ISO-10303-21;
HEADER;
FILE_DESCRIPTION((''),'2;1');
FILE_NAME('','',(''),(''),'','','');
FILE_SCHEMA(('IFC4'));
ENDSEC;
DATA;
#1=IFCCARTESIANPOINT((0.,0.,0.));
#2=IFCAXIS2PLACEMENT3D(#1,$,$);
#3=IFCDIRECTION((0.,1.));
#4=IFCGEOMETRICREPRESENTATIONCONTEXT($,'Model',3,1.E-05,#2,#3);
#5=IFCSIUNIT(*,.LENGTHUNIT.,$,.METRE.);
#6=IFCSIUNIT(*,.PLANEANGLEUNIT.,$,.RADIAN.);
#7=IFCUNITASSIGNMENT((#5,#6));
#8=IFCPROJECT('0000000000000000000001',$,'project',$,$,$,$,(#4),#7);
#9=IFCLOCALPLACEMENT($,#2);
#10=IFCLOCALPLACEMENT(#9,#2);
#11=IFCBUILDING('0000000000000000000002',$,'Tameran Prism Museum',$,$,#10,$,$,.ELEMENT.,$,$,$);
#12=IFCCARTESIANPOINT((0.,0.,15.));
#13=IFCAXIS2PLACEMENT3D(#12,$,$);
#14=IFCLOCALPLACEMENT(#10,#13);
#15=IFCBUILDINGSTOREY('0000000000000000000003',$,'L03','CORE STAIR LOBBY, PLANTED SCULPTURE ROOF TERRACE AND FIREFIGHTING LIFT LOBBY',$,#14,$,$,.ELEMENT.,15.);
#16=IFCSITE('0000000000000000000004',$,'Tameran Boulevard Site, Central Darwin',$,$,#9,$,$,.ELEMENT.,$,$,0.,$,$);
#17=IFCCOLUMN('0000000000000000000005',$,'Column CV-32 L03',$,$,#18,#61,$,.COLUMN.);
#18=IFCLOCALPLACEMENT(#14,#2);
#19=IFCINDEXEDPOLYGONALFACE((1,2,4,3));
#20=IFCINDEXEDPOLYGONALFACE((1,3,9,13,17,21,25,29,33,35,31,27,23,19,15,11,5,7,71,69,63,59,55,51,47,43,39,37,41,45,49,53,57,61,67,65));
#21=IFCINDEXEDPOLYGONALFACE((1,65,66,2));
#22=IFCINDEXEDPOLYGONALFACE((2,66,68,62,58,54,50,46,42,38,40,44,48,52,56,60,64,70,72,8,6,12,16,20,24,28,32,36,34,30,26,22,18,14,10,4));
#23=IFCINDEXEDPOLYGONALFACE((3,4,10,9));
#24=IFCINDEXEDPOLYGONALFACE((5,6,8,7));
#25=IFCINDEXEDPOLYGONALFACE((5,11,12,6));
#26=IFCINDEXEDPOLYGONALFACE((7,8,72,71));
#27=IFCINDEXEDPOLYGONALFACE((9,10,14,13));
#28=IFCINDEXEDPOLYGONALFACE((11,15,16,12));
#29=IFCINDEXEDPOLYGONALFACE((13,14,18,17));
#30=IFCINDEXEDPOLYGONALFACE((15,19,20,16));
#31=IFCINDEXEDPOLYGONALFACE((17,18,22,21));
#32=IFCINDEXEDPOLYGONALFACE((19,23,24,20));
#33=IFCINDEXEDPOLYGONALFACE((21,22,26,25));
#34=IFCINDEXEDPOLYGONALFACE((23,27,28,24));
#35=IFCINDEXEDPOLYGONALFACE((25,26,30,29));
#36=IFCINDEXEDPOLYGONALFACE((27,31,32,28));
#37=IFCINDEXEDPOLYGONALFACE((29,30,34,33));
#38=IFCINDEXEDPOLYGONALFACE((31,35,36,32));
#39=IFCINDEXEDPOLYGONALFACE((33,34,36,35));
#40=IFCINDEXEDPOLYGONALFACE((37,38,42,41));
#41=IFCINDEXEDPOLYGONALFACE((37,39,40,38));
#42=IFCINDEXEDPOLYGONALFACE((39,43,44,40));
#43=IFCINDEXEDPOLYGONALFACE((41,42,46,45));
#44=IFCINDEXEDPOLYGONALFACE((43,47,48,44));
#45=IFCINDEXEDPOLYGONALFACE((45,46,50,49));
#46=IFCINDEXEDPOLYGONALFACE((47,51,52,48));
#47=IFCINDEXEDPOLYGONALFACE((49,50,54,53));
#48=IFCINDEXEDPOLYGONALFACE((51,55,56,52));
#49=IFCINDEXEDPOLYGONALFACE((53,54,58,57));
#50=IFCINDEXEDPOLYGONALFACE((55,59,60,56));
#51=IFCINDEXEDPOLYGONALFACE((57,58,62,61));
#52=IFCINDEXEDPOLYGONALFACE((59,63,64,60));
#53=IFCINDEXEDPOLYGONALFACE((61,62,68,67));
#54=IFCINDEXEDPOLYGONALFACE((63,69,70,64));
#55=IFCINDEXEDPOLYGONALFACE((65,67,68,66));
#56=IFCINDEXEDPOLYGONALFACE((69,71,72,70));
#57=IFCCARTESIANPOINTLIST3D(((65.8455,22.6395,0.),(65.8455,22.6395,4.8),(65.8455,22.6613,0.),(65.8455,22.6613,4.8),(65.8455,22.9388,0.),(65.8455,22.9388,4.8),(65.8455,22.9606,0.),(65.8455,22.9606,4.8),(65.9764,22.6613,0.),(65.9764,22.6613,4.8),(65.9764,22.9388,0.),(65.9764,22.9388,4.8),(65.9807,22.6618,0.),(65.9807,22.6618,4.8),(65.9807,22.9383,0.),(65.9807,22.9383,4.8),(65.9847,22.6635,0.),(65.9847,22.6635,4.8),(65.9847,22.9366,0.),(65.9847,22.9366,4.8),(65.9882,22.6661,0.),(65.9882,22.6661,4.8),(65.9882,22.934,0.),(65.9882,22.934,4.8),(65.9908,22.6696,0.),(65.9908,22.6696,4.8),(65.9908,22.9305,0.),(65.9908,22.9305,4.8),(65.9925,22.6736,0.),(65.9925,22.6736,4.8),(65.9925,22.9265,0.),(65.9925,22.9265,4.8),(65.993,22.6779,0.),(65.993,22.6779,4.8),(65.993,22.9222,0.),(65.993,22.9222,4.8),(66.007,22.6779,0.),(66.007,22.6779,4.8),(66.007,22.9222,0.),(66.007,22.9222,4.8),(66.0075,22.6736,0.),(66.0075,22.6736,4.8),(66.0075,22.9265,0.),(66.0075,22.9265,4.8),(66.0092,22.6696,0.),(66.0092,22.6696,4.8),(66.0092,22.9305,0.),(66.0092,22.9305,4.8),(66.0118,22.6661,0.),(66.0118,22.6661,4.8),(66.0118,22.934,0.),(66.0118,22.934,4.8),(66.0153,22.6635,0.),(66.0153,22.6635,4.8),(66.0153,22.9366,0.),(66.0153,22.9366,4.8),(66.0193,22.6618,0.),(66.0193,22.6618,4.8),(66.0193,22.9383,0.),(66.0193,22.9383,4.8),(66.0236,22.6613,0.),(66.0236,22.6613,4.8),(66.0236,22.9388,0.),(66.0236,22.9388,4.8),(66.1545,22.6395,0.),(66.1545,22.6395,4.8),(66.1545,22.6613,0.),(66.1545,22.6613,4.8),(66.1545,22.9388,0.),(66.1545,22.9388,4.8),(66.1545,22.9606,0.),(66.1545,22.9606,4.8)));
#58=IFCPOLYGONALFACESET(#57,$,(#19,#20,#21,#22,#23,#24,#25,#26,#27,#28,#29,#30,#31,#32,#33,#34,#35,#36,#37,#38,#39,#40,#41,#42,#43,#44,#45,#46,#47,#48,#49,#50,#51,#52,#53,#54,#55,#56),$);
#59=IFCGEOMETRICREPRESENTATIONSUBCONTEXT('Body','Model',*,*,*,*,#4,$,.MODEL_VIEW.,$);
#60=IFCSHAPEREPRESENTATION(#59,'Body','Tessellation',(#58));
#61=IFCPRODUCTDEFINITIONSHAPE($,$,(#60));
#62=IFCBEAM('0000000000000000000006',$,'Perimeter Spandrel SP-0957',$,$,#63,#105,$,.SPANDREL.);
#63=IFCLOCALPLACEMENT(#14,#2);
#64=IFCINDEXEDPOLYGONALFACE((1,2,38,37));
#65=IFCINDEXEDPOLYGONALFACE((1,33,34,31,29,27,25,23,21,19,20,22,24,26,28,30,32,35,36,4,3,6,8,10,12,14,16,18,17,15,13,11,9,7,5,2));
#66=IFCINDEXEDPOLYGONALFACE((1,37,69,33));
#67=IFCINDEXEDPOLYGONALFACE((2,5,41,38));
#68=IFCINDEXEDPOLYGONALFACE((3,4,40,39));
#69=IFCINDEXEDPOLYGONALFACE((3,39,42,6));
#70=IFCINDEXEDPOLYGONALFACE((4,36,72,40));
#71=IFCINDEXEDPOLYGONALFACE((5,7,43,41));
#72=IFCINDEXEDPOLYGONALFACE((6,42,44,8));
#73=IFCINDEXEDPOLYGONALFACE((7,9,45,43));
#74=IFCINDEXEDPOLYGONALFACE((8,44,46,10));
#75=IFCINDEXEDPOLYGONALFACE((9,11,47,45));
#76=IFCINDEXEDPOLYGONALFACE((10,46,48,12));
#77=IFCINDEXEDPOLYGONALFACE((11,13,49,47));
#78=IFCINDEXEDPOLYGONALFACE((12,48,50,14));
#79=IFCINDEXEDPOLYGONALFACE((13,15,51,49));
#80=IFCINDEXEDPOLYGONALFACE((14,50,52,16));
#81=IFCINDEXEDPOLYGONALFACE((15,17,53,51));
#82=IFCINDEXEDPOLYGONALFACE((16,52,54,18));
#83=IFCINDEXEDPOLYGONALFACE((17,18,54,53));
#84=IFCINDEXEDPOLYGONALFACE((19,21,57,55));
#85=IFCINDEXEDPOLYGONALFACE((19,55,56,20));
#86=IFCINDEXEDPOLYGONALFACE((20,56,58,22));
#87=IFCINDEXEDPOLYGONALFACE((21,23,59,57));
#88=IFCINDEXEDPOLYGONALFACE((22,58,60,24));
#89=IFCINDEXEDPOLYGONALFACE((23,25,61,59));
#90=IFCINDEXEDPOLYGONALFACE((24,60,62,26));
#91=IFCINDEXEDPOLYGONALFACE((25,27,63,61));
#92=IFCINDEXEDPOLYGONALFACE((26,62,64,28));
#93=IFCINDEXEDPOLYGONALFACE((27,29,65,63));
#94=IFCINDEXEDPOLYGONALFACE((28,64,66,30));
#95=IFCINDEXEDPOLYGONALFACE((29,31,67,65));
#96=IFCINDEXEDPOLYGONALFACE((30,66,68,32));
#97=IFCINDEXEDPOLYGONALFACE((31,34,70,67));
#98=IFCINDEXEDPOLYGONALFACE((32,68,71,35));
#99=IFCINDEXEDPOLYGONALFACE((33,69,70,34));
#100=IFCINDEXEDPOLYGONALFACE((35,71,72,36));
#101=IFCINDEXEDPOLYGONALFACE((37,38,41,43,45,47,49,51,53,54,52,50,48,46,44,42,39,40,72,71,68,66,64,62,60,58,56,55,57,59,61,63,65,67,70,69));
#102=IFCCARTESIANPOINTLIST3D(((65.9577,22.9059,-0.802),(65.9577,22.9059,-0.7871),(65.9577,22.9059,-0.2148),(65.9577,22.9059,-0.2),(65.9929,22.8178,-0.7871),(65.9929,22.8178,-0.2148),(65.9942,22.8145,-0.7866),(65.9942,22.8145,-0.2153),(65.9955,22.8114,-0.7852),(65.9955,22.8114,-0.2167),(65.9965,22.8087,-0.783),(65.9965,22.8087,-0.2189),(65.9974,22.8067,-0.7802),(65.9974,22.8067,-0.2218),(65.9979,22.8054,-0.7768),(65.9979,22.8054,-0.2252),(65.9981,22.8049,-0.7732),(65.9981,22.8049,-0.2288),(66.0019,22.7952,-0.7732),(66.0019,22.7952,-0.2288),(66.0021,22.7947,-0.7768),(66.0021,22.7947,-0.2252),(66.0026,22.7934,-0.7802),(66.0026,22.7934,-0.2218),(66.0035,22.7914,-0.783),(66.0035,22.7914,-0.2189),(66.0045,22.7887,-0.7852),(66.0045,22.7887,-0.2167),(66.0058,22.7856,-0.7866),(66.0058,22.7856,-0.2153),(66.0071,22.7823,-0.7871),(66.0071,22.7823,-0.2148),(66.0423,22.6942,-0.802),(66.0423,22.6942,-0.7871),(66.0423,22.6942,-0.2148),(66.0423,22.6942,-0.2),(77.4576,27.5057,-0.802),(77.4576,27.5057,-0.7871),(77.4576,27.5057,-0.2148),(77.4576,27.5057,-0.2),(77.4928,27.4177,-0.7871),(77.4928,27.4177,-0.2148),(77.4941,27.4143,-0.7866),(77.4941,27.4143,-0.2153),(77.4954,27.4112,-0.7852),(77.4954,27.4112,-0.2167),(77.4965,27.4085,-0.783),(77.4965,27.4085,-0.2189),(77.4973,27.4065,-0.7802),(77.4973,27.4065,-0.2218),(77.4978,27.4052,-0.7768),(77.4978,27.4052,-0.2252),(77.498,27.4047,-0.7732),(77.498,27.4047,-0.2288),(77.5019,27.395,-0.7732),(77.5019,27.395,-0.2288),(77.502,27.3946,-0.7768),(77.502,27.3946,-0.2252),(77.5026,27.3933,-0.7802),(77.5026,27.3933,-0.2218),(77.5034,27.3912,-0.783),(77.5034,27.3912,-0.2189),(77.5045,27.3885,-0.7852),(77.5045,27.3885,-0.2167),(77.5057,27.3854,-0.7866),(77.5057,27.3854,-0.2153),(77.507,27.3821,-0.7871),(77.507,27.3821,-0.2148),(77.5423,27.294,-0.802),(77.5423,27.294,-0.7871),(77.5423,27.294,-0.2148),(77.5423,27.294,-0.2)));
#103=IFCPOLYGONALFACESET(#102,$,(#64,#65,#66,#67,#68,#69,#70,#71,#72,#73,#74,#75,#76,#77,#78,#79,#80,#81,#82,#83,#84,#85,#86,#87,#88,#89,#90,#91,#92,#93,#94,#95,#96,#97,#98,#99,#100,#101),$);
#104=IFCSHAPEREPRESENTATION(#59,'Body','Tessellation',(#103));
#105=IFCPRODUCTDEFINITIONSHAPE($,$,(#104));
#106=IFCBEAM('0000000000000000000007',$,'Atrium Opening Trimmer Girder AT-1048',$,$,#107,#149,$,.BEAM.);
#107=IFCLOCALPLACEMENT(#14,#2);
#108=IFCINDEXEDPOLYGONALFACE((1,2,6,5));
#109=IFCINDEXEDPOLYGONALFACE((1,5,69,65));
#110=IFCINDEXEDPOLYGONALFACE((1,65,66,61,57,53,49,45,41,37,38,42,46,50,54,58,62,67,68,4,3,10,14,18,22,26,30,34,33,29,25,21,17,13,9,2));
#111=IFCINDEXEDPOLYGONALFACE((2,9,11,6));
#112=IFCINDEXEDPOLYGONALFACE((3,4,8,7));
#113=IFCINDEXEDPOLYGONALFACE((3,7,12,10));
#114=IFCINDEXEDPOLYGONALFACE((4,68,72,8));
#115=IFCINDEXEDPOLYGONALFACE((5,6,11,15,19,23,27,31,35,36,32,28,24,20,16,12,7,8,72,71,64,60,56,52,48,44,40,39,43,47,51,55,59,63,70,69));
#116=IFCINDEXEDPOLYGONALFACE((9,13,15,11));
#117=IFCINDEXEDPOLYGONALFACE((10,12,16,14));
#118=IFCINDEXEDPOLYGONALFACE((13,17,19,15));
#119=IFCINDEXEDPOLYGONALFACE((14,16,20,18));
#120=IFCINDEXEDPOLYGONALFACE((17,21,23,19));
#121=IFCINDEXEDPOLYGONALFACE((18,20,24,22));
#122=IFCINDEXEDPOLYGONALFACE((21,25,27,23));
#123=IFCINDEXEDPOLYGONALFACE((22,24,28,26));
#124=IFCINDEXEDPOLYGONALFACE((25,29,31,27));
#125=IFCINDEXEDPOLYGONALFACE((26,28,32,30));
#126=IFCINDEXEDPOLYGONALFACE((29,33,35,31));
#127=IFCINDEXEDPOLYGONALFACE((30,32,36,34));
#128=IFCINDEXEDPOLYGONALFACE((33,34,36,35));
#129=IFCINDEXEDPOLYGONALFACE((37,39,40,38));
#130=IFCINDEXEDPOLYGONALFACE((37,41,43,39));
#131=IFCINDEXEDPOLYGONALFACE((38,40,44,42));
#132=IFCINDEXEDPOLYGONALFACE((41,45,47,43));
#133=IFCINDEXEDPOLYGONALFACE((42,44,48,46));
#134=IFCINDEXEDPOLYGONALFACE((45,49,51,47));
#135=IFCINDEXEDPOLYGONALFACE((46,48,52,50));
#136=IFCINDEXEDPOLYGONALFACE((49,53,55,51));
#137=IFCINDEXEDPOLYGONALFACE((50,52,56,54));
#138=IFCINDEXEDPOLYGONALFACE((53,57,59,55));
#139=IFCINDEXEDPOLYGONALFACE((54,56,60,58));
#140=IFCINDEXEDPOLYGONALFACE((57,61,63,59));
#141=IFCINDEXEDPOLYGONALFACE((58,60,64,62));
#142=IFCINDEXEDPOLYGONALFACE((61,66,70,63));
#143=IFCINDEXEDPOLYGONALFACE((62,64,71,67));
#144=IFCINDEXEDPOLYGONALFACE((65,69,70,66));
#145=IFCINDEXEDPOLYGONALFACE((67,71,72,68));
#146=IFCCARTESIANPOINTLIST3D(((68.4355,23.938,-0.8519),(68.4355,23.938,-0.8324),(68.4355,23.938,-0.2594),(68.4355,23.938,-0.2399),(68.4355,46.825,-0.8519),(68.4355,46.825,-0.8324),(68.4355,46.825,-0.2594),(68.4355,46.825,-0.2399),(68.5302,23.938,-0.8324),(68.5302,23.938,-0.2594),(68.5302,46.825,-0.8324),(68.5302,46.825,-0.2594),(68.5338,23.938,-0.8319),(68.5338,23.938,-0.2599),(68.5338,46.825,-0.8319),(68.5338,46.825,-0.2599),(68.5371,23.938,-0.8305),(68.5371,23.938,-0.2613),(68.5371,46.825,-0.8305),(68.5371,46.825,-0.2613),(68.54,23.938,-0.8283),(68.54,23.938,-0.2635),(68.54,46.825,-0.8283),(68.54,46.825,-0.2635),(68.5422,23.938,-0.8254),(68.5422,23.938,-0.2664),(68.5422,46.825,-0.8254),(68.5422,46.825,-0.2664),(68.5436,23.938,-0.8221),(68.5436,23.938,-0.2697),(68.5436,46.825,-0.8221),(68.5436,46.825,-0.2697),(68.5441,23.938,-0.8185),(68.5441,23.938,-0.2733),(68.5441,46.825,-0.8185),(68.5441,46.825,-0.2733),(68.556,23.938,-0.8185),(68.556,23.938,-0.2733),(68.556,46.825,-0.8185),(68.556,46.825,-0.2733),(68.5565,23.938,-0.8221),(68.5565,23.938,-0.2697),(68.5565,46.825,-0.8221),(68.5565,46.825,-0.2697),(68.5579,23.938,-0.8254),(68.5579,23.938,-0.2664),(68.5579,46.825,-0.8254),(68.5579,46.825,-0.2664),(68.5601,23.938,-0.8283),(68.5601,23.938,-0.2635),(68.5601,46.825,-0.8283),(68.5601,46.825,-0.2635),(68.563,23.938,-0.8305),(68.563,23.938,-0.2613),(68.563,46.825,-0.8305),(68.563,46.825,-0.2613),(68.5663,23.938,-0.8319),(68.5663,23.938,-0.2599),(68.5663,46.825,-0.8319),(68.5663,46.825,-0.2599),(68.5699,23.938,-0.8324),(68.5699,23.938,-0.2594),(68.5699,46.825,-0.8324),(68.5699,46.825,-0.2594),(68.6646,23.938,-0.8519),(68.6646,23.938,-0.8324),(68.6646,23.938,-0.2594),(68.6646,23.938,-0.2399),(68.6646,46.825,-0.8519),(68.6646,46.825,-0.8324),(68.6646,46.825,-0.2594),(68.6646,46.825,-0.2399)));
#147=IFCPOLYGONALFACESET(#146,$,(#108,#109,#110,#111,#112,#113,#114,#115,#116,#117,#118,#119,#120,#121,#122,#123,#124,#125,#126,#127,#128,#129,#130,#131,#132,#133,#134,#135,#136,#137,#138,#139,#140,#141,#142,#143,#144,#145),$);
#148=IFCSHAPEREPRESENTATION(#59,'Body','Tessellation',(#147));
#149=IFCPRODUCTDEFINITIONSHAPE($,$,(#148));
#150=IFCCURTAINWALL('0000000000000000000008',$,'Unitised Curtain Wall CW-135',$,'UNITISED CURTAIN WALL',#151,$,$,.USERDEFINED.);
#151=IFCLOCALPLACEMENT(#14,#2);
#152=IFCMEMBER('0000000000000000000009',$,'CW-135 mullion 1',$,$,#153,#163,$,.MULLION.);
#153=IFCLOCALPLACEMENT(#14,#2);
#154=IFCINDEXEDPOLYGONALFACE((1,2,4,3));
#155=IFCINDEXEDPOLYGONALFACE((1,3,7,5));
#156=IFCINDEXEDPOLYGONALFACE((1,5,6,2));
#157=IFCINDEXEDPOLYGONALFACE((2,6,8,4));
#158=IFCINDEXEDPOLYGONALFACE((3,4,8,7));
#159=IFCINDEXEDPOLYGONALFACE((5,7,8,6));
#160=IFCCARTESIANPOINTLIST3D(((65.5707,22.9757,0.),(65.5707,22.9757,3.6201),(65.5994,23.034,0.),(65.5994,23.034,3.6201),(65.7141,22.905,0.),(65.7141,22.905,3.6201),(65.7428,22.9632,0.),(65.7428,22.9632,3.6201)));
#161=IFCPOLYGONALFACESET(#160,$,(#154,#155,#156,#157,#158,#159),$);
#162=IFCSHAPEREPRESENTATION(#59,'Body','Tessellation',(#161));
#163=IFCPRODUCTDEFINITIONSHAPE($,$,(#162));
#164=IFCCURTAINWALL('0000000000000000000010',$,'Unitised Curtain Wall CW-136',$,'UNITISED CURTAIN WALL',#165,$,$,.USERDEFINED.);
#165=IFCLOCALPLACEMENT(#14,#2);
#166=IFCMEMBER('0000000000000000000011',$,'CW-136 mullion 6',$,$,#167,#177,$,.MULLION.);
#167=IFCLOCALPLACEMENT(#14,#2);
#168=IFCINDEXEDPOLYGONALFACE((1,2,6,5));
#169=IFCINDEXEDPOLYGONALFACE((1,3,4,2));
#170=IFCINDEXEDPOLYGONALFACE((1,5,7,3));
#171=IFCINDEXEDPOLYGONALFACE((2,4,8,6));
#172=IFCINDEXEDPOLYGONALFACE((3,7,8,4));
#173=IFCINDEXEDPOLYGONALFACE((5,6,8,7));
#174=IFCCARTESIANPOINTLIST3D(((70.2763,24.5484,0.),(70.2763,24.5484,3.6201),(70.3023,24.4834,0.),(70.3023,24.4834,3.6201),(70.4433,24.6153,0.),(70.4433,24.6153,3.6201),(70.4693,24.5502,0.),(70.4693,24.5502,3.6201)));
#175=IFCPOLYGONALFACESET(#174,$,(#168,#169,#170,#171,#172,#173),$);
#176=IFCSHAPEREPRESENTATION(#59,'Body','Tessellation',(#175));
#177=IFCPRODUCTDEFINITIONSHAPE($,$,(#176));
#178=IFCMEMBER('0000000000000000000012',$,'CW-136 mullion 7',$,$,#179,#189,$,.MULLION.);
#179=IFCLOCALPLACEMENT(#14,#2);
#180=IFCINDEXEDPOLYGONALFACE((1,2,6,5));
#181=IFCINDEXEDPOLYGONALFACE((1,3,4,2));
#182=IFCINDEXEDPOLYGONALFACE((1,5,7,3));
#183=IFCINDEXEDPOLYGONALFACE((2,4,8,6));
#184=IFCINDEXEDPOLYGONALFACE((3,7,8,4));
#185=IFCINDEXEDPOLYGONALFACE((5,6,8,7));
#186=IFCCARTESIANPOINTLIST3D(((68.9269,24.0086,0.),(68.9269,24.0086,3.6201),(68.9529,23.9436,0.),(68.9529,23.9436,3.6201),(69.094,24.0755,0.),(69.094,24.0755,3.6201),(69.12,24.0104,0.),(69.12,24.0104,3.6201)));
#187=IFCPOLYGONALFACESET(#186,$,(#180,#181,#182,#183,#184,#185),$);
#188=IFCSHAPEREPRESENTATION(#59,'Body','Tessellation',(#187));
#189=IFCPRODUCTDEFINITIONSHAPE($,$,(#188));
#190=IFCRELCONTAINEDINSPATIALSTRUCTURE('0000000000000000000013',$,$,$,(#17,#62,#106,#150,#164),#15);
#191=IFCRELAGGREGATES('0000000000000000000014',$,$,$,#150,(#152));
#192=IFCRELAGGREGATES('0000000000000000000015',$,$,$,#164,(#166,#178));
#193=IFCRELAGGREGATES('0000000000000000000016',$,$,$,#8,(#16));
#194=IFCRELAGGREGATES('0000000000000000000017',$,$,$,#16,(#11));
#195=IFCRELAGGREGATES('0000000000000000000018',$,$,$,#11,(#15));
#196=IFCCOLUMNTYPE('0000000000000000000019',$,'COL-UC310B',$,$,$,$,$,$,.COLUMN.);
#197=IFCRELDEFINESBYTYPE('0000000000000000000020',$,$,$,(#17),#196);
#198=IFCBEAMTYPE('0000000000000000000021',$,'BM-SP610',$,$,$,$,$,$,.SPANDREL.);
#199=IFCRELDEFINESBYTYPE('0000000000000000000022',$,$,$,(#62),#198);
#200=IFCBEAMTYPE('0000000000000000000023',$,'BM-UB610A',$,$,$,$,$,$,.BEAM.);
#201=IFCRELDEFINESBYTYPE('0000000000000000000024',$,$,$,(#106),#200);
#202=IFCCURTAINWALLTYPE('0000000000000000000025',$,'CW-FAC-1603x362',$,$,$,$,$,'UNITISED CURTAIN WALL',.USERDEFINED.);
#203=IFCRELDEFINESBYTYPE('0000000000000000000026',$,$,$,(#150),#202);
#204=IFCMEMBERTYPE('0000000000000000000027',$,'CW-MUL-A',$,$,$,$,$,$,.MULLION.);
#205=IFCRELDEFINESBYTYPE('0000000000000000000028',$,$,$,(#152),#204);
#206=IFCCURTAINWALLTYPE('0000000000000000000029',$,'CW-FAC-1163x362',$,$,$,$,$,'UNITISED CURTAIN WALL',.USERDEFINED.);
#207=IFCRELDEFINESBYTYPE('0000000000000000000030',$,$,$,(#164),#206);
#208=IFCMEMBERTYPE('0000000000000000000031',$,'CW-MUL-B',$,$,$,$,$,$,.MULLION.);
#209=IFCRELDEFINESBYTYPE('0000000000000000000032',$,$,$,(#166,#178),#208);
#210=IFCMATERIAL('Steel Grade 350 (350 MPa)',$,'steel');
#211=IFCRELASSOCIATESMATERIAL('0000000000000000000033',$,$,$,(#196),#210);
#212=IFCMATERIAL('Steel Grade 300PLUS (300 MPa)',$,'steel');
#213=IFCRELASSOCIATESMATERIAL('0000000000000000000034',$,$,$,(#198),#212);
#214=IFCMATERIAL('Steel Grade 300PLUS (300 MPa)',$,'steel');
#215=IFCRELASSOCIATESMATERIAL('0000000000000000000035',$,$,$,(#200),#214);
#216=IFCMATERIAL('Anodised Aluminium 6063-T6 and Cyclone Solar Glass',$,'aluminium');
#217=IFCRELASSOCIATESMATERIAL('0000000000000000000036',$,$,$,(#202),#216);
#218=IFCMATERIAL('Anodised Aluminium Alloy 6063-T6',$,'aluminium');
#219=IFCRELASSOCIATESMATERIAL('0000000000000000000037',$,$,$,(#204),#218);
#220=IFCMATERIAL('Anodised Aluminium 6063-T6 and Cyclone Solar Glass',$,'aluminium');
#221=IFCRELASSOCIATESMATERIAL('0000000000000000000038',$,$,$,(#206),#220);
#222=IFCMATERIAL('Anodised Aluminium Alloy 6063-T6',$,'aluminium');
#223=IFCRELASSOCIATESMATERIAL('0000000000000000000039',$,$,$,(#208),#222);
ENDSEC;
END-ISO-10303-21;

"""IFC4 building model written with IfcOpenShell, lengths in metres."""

from ifc_helpers import new_model, si_unit, direction, frame, origin, origin_2d, place, context, subcontext, project, spatial, rectangle, i_section, extrude, material, material_profile, profile_set, type_object, element, aggregate, save


model = new_model("IFC4")

# Units and contexts
model_context = context("Model", 3, precision=1e-05, world=origin(), true_north=direction((0.0, 1.0)))
body_context = subcontext(model_context, "Body", "Model", "MODEL_VIEW")
ifc_project = project(units=[si_unit("LENGTHUNIT", "METRE"), si_unit("PLANEANGLEUNIT", "RADIAN")], contexts=[model_context])

# Site, building, storey
site_placement = place(None, origin())
site = spatial("IfcSite", under=ifc_project, at=site_placement, Name="Tameran Boulevard Site, Central Darwin", CompositionType="ELEMENT", RefElevation=0.0)
building_placement = place(site_placement, origin())
building = spatial("IfcBuilding", under=site, at=building_placement, Name="Tameran Prism Museum", CompositionType="ELEMENT")
storey_placement = place(building_placement, frame((0.0, 0.0, 15.0)))
storey = spatial("IfcBuildingStorey", under=building, at=storey_placement, Name="L03", Description="CORE STAIR LOBBY, PLANTED SCULPTURE ROOF TERRACE AND FIREFIGHTING LIFT LOBBY", CompositionType="ELEMENT", Elevation=15.0)

# Column
ifc_material_1 = material(Name="Steel Grade 350 (350 MPa)", Category="steel")
ifc_material_profile_1 = material_profile(ifc_material_1, i_section(OverallWidth=0.3091, OverallDepth=0.321, WebThickness=0.0139, FlangeThickness=0.0217, FilletRadius=0.0166, at=origin_2d()))
ifc_profile_set_1 = profile_set([ifc_material_profile_1])
column_type = type_object("IfcColumnType", Name="COL-UC310B", PredefinedType="COLUMN", material=ifc_profile_set_1)
column_placement = place(storey_placement, frame((66.0, 22.8, 0.0), z_axis=(0.0, 0.0, 1.0), x_axis=(1.0, 0.0, 0.0)))
element("IfcColumn", 1, at=column_placement, inside=storey, type_object=column_type, Name="Column CV-32 L03", PredefinedType="COLUMN", context=body_context, shape_type="SweptSolid", body=[
    extrude(i_section(OverallWidth=0.3091, OverallDepth=0.321, WebThickness=0.0139, FlangeThickness=0.0217, FilletRadius=0.0166, at=origin_2d()), origin(), (0.0, 0.0, 1.0), 4.8),
])

# Beams
ifc_material_2 = material(Name="Steel Grade 300PLUS (300 MPa)", Category="steel")
ifc_material_profile_2 = material_profile(ifc_material_2, i_section(OverallWidth=0.228, OverallDepth=0.6021, WebThickness=0.0105, FlangeThickness=0.0149, FilletRadius=0.0139, at=origin_2d()))
ifc_profile_set_2 = profile_set([ifc_material_profile_2])
beam_type_1 = type_object("IfcBeamType", Name="BM-SP610", PredefinedType="SPANDREL", material=ifc_profile_set_2)
beam_1_placement = place(storey_placement, frame((66.0, 22.8, -0.501), z_axis=(0.928481, 0.37138, 0.0), x_axis=(-0.37138, 0.928481, 0.0)))
element("IfcBeam", 2, at=beam_1_placement, inside=storey, type_object=beam_type_1, Name="Perimeter Spandrel SP-0957", PredefinedType="SPANDREL", context=body_context, shape_type="SweptSolid", body=[
    extrude(i_section(OverallWidth=0.228, OverallDepth=0.6021, WebThickness=0.0105, FlangeThickness=0.0149, FilletRadius=0.0139, at=origin_2d()), origin(), (0.0, 0.0, 1.0), 12.3857),
])
ifc_material_3 = material(Name="Steel Grade 300PLUS (300 MPa)", Category="steel")
ifc_material_profile_3 = material_profile(ifc_material_3, i_section(OverallWidth=0.229, OverallDepth=0.6121, WebThickness=0.012, FlangeThickness=0.0195, FilletRadius=0.0139, at=origin_2d()))
ifc_profile_set_3 = profile_set([ifc_material_profile_3])
beam_type_2 = type_object("IfcBeamType", Name="BM-UB610A", PredefinedType="BEAM", material=ifc_profile_set_3)
beam_2_placement = place(storey_placement, frame((68.55, 23.938, -0.5459), z_axis=(0.0, 1.0, 0.0), x_axis=(-1.0, 0.0, 0.0)))
element("IfcBeam", 3, at=beam_2_placement, inside=storey, type_object=beam_type_2, Name="Atrium Opening Trimmer Girder AT-1048", PredefinedType="BEAM", context=body_context, shape_type="SweptSolid", body=[
    extrude(i_section(OverallWidth=0.229, OverallDepth=0.6121, WebThickness=0.012, FlangeThickness=0.0195, FilletRadius=0.0139, at=origin_2d()), origin(), (0.0, 0.0, 1.0), 22.887),
])

# Curtain wall, member
ifc_material_4 = material(Name="Anodised Aluminium 6063-T6 and Cyclone Solar Glass", Category="aluminium")
curtain_wall_type_1 = type_object("IfcCurtainWallType", Name="CW-FAC-1603x362", ElementType="UNITISED CURTAIN WALL", PredefinedType="USERDEFINED", material=ifc_material_4)
curtain_wall_1_placement = place(storey_placement, origin())
curtain_wall_1 = element("IfcCurtainWall", 4, at=curtain_wall_1_placement, inside=storey, type_object=curtain_wall_type_1, Name="Unitised Curtain Wall CW-135", ObjectType="UNITISED CURTAIN WALL", PredefinedType="USERDEFINED")
ifc_material_5 = material(Name="Anodised Aluminium Alloy 6063-T6", Category="aluminium")
ifc_material_profile_4 = material_profile(ifc_material_5, rectangle(XDim=0.0649, YDim=0.1599, at=origin_2d()))
ifc_profile_set_4 = profile_set([ifc_material_profile_4])
member_type_1 = type_object("IfcMemberType", Name="CW-MUL-A", PredefinedType="MULLION", material=ifc_profile_set_4)
member_1_placement = place(storey_placement, frame((65.6567, 22.9695, 0.0), z_axis=(0.0, 0.0, 1.0), x_axis=(-0.442415, -0.896811, 0.0)))
member_1 = element("IfcMember", 5, at=member_1_placement, type_object=member_type_1, Name="CW-135 mullion 1", PredefinedType="MULLION", context=body_context, shape_type="SweptSolid", body=[
    extrude(rectangle(XDim=0.0649, YDim=0.1599, at=origin_2d()), origin(), (0.0, 0.0, 1.0), 3.6201),
])

# Curtain wall, members
ifc_material_6 = material(Name="Anodised Aluminium 6063-T6 and Cyclone Solar Glass", Category="aluminium")
curtain_wall_type_2 = type_object("IfcCurtainWallType", Name="CW-FAC-1163x362", ElementType="UNITISED CURTAIN WALL", PredefinedType="USERDEFINED", material=ifc_material_6)
curtain_wall_2_placement = place(storey_placement, origin())
curtain_wall_2 = element("IfcCurtainWall", 6, at=curtain_wall_2_placement, inside=storey, type_object=curtain_wall_type_2, Name="Unitised Curtain Wall CW-136", ObjectType="UNITISED CURTAIN WALL", PredefinedType="USERDEFINED")
ifc_material_7 = material(Name="Anodised Aluminium Alloy 6063-T6", Category="aluminium")
ifc_material_profile_5 = material_profile(ifc_material_7, rectangle(XDim=0.0701, YDim=0.1799, at=origin_2d()))
ifc_profile_set_5 = profile_set([ifc_material_profile_5])
member_type_2 = type_object("IfcMemberType", Name="CW-MUL-B", PredefinedType="MULLION", material=ifc_profile_set_5)
member_2_placement = place(storey_placement, frame((70.3728, 24.5493, 0.0), z_axis=(0.0, 0.0, 1.0), x_axis=(0.37142, -0.928465, 0.0)))
member_2 = element("IfcMember", 7, at=member_2_placement, type_object=member_type_2, Name="CW-136 mullion 6", PredefinedType="MULLION", context=body_context, shape_type="SweptSolid", body=[
    extrude(rectangle(XDim=0.0701, YDim=0.1799, at=origin_2d()), origin(), (0.0, 0.0, 1.0), 3.6201),
])
member_3_placement = place(storey_placement, frame((69.0234, 24.0095, 0.0), z_axis=(0.0, 0.0, 1.0), x_axis=(0.37142, -0.928465, 0.0)))
member_3 = element("IfcMember", 8, at=member_3_placement, type_object=member_type_2, Name="CW-136 mullion 7", PredefinedType="MULLION", context=body_context, shape_type="SweptSolid", body=[
    extrude(rectangle(XDim=0.0701, YDim=0.1799, at=origin_2d()), origin(), (0.0, 0.0, 1.0), 3.6201),
])

aggregate(curtain_wall_1, [member_1])

aggregate(curtain_wall_2, [member_2, member_3])

save(model, "model.ifc")
